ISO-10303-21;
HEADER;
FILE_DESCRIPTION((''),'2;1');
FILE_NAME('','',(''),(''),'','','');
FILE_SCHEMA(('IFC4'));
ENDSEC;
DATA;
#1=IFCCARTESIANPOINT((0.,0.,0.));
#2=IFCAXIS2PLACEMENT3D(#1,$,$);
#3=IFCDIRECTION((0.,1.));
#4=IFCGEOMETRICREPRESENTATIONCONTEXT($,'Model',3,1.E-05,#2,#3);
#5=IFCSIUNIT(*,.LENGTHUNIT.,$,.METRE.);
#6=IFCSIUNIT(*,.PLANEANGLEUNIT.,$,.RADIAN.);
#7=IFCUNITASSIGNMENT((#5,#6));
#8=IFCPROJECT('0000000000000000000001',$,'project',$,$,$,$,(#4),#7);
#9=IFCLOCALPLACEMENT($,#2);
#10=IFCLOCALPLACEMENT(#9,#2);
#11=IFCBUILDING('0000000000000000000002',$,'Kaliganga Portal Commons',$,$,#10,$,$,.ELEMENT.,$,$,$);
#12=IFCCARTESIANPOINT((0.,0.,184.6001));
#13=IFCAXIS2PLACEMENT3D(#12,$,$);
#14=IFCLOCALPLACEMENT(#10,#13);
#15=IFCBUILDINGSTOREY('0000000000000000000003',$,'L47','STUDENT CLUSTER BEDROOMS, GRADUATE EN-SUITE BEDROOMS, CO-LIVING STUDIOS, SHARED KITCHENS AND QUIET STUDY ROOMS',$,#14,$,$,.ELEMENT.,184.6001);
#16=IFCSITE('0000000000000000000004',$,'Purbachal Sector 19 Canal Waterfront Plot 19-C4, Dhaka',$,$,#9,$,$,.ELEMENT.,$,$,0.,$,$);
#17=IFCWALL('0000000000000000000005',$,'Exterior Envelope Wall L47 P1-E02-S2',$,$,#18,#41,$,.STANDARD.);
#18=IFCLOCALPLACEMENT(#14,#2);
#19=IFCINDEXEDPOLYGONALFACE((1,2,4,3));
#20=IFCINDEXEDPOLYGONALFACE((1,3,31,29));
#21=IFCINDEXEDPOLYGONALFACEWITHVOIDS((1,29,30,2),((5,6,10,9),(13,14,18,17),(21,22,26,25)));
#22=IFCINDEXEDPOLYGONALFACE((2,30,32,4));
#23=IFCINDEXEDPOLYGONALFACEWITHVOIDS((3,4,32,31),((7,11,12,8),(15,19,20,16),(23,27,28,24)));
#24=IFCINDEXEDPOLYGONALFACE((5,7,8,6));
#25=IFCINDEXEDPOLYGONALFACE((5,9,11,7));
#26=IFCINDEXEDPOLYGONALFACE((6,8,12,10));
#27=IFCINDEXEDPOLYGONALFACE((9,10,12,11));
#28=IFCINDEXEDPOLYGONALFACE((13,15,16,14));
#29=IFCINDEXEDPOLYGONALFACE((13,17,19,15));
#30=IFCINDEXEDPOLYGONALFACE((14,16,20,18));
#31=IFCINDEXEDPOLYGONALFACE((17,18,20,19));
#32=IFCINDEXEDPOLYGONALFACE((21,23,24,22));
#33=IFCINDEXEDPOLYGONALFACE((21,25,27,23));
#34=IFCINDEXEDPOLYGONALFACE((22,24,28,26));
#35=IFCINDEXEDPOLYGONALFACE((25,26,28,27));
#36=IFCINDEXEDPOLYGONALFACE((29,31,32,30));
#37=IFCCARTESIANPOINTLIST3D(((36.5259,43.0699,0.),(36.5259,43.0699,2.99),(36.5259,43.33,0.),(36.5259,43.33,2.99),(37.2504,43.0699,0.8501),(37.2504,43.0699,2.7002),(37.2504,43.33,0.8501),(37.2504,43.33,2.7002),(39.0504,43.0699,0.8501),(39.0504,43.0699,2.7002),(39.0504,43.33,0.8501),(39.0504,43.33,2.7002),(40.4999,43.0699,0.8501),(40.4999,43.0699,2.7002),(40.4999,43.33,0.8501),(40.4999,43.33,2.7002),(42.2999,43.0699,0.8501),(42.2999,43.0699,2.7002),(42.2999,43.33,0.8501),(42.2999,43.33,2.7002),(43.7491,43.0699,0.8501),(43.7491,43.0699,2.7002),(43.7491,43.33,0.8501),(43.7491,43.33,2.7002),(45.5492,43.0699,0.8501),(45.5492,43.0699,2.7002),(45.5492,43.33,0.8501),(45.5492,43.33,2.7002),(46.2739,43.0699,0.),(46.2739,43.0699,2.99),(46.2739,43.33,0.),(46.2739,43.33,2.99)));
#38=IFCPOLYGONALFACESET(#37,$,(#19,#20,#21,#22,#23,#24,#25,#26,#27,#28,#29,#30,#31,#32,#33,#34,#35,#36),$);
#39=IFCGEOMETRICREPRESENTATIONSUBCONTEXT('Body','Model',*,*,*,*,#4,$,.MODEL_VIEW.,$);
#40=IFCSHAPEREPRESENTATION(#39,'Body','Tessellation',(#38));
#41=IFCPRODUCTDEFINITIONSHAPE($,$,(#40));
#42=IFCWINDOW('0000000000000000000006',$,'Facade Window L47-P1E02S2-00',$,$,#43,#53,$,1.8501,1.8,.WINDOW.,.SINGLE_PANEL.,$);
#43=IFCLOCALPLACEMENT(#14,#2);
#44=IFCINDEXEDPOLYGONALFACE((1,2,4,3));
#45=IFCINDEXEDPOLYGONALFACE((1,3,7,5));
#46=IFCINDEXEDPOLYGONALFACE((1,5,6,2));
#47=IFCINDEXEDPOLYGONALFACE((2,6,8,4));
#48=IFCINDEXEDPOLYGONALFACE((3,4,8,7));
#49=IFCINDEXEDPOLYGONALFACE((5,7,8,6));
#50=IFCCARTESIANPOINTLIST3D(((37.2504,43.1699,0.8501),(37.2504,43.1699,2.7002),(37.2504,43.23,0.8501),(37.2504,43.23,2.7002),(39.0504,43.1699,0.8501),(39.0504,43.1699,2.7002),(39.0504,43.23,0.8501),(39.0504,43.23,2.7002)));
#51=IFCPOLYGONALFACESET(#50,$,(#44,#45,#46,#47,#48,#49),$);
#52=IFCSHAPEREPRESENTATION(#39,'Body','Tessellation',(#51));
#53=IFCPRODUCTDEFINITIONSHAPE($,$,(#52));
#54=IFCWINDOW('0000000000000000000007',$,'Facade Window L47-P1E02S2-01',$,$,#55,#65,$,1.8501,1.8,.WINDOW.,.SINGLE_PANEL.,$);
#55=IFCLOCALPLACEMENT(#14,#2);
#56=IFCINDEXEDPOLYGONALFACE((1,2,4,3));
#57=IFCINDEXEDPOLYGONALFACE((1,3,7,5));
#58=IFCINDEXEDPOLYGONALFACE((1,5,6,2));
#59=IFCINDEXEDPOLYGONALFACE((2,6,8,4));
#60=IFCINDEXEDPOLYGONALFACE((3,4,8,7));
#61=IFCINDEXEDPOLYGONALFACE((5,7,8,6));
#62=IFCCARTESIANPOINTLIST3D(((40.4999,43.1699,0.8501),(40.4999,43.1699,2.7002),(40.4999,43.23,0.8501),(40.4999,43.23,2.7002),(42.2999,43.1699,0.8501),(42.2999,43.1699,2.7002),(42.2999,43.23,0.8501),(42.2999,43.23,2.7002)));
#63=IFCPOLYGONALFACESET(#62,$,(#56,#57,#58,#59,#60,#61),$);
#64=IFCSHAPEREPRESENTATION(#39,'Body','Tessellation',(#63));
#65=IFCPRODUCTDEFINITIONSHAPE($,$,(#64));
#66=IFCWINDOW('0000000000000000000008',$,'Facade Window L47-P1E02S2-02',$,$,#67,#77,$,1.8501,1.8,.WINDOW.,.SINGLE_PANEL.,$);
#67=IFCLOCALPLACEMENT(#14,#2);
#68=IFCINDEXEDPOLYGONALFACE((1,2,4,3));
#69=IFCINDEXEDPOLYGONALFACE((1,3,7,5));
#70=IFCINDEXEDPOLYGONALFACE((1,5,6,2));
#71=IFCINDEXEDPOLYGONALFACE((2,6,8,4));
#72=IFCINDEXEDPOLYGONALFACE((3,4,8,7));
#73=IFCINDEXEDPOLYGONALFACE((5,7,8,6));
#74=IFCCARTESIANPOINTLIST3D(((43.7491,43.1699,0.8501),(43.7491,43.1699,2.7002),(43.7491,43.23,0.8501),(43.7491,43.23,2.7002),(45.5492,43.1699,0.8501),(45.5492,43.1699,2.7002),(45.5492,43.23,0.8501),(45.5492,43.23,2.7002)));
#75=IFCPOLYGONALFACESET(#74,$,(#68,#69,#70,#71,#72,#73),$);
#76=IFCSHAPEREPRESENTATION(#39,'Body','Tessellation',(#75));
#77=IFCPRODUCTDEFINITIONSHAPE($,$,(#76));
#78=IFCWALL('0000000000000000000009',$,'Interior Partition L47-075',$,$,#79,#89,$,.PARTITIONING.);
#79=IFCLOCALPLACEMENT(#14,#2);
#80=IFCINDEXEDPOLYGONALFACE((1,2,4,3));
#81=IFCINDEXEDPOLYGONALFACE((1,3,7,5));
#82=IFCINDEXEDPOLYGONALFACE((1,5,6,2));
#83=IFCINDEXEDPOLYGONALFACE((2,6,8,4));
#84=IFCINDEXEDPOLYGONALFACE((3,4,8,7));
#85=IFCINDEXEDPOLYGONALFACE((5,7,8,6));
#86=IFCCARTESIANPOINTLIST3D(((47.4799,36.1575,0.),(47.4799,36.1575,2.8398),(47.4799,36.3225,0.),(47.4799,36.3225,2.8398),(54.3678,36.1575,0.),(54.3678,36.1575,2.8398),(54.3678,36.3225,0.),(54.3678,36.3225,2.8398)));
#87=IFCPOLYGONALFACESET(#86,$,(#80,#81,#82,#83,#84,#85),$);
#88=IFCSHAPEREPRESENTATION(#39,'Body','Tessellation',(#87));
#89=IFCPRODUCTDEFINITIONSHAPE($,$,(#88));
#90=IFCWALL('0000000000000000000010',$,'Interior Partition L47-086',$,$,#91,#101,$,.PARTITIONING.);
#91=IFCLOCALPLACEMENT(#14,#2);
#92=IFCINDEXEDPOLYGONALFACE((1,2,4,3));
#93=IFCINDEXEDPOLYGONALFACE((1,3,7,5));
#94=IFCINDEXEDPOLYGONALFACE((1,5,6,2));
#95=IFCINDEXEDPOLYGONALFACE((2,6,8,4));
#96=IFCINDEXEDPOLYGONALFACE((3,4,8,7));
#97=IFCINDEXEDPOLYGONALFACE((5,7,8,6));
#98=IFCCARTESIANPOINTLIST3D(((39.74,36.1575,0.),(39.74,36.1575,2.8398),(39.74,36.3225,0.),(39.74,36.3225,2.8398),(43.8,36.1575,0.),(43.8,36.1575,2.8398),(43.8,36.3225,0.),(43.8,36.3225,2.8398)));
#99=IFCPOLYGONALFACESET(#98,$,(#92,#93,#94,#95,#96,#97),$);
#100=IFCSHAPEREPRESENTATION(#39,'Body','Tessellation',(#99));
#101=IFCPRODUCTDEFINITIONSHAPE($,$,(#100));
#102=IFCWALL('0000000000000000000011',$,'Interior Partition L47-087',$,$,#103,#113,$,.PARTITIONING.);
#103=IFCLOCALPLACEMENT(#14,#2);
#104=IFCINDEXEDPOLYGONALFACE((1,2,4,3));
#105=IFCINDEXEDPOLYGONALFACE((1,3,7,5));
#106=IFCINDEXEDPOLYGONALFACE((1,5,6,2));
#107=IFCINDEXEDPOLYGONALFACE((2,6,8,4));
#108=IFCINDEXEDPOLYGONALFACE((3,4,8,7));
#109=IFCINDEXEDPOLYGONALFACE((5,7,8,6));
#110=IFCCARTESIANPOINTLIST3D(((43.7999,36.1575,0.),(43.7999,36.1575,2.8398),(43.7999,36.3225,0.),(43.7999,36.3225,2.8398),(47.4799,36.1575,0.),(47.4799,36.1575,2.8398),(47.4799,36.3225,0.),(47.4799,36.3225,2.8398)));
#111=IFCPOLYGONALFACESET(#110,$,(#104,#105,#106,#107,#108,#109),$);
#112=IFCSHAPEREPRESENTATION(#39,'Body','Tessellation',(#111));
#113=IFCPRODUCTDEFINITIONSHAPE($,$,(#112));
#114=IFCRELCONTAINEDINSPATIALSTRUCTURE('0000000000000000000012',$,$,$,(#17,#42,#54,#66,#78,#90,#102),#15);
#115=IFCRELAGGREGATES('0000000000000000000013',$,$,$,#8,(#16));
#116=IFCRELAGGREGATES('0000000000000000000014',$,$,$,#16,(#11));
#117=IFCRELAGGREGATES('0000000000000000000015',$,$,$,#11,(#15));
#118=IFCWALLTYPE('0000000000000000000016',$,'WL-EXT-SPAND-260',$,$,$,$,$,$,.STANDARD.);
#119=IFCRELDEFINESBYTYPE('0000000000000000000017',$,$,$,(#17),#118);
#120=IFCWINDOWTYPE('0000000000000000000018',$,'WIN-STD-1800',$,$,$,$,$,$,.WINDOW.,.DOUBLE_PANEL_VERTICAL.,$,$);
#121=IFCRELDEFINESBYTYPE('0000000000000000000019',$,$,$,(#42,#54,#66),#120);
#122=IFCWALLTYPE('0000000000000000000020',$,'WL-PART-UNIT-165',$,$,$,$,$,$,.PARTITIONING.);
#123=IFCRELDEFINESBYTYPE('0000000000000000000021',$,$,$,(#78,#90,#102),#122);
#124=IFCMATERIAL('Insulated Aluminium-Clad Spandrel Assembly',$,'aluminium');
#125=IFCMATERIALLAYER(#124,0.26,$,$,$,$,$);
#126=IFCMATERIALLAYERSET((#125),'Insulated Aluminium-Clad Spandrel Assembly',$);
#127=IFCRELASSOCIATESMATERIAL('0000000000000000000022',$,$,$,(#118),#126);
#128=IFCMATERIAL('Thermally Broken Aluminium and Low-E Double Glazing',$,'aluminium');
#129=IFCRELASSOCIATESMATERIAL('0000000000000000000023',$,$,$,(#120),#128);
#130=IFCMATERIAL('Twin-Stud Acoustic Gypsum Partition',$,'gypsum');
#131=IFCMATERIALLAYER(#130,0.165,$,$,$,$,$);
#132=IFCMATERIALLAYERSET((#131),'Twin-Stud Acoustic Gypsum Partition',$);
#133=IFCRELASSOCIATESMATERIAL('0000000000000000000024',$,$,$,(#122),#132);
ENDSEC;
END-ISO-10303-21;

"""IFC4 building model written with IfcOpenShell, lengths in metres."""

from ifc_helpers import new_model, si_unit, direction, frame, frame_2d, origin, place, context, subcontext, project, spatial, rectangle, extrude, material, layer, layer_set, type_object, element, fill, save


model = new_model("IFC4")

# Units and contexts
model_context = context("Model", 3, precision=1e-05, world=origin(), true_north=direction((0.0, 1.0)))
body_context = subcontext(model_context, "Body", "Model", "MODEL_VIEW")
ifc_project = project(units=[si_unit("LENGTHUNIT", "METRE"), si_unit("PLANEANGLEUNIT", "RADIAN")], contexts=[model_context])

# Site, building, storey
site_placement = place(None, origin())
site = spatial("IfcSite", under=ifc_project, at=site_placement, Name="Purbachal Sector 19 Canal Waterfront Plot 19-C4, Dhaka", CompositionType="ELEMENT", RefElevation=0.0)
building_placement = place(site_placement, origin())
building = spatial("IfcBuilding", under=site, at=building_placement, Name="Kaliganga Portal Commons", CompositionType="ELEMENT")
storey_placement = place(building_placement, frame((0.0, 0.0, 184.6001)))
storey = spatial("IfcBuildingStorey", under=building, at=storey_placement, Name="L47", Description="STUDENT CLUSTER BEDROOMS, GRADUATE EN-SUITE BEDROOMS, CO-LIVING STUDIOS, SHARED KITCHENS AND QUIET STUDY ROOMS", CompositionType="ELEMENT", Elevation=184.6001)

# Shared definitions
ifc_material_1 = material(Name="Insulated Aluminium-Clad Spandrel Assembly", Category="aluminium")
ifc_layer_1 = layer(ifc_material_1, 0.26)
ifc_layer_set_1 = layer_set([ifc_layer_1], Name="Insulated Aluminium-Clad Spandrel Assembly")
wall_type_1 = type_object("IfcWallType", Name="WL-EXT-SPAND-260", PredefinedType="STANDARD", material=ifc_layer_set_1)
ifc_material_2 = material(Name="Thermally Broken Aluminium and Low-E Double Glazing", Category="aluminium")
window_type = type_object("IfcWindowType", Name="WIN-STD-1800", PartitioningType="DOUBLE_PANEL_VERTICAL", PredefinedType="WINDOW", material=ifc_material_2)

# Wall, openings, windows
wall_1_placement = place(storey_placement, frame((36.5259, 43.2, 0.0), z_axis=(0.0, 0.0, 1.0), x_axis=(1.0, 0.0, 0.0)))
wall_1 = element("IfcWall", 1, at=wall_1_placement, inside=storey, type_object=wall_type_1, Name="Exterior Envelope Wall L47 P1-E02-S2", PredefinedType="STANDARD", context=body_context, shape_type="SweptSolid", body=[
    extrude(rectangle(XDim=9.748, YDim=0.26, at=frame_2d((4.874, 0.0))), origin(), (0.0, 0.0, 1.0), 2.99),
])
opening_1_placement = place(wall_1_placement, frame((0.7246, 0.0, 0.8501)))
opening_1 = element("IfcOpeningElement", 2, at=opening_1_placement, cuts=wall_1, PredefinedType="OPENING", context=body_context, shape_type="SweptSolid", body=[
    extrude(rectangle(XDim=1.8, YDim=1.8501, at=frame_2d((0.8999, 0.925))), frame((0.0, 0.1401, 0.0), z_axis=(0.0, -1.0, 0.0), x_axis=(1.0, 0.0, 0.0)), (0.0, 0.0, 1.0), 0.28),
])
opening_2_placement = place(wall_1_placement, frame((3.9741, 0.0, 0.8501)))
opening_2 = element("IfcOpeningElement", 3, at=opening_2_placement, cuts=wall_1, PredefinedType="OPENING", context=body_context, shape_type="SweptSolid", body=[
    extrude(rectangle(XDim=1.8, YDim=1.8501, at=frame_2d((0.8999, 0.925))), frame((0.0, 0.1401, 0.0), z_axis=(0.0, -1.0, 0.0), x_axis=(1.0, 0.0, 0.0)), (0.0, 0.0, 1.0), 0.28),
])
opening_3_placement = place(wall_1_placement, frame((7.2234, 0.0, 0.8501)))
opening_3 = element("IfcOpeningElement", 4, at=opening_3_placement, cuts=wall_1, PredefinedType="OPENING", context=body_context, shape_type="SweptSolid", body=[
    extrude(rectangle(XDim=1.8, YDim=1.8501, at=frame_2d((0.8999, 0.925))), frame((0.0, 0.1401, 0.0), z_axis=(0.0, -1.0, 0.0), x_axis=(1.0, 0.0, 0.0)), (0.0, 0.0, 1.0), 0.28),
])
window_1_placement = place(opening_1_placement, origin())
window_1 = element("IfcWindow", 5, at=window_1_placement, inside=storey, type_object=window_type, Name="Facade Window L47-P1E02S2-00", OverallHeight=1.8501, OverallWidth=1.8, PartitioningType="SINGLE_PANEL", PredefinedType="WINDOW", context=body_context, shape_type="SweptSolid", body=[
    extrude(rectangle(XDim=1.8, YDim=1.8501, at=frame_2d((0.8999, 0.925))), frame((0.0, 0.03, 0.0), z_axis=(0.0, -1.0, 0.0), x_axis=(1.0, 0.0, 0.0)), (0.0, 0.0, 1.0), 0.0601),
])
fill(opening_1, window_1)
window_2_placement = place(opening_2_placement, origin())
window_2 = element("IfcWindow", 6, at=window_2_placement, inside=storey, type_object=window_type, Name="Facade Window L47-P1E02S2-01", OverallHeight=1.8501, OverallWidth=1.8, PartitioningType="SINGLE_PANEL", PredefinedType="WINDOW", context=body_context, shape_type="SweptSolid", body=[
    extrude(rectangle(XDim=1.8, YDim=1.8501, at=frame_2d((0.8999, 0.925))), frame((0.0, 0.03, 0.0), z_axis=(0.0, -1.0, 0.0), x_axis=(1.0, 0.0, 0.0)), (0.0, 0.0, 1.0), 0.0601),
])
fill(opening_2, window_2)
window_3_placement = place(opening_3_placement, origin())
window_3 = element("IfcWindow", 7, at=window_3_placement, inside=storey, type_object=window_type, Name="Facade Window L47-P1E02S2-02", OverallHeight=1.8501, OverallWidth=1.8, PartitioningType="SINGLE_PANEL", PredefinedType="WINDOW", context=body_context, shape_type="SweptSolid", body=[
    extrude(rectangle(XDim=1.8, YDim=1.8501, at=frame_2d((0.8999, 0.925))), frame((0.0, 0.03, 0.0), z_axis=(0.0, -1.0, 0.0), x_axis=(1.0, 0.0, 0.0)), (0.0, 0.0, 1.0), 0.0601),
])
fill(opening_3, window_3)

# Walls
ifc_material_3 = material(Name="Twin-Stud Acoustic Gypsum Partition", Category="gypsum")
ifc_layer_2 = layer(ifc_material_3, 0.165)
ifc_layer_set_2 = layer_set([ifc_layer_2], Name="Twin-Stud Acoustic Gypsum Partition")
wall_type_2 = type_object("IfcWallType", Name="WL-PART-UNIT-165", PredefinedType="PARTITIONING", material=ifc_layer_set_2)
wall_2_placement = place(storey_placement, frame((47.48, 36.24, 0.0), z_axis=(0.0, 0.0, 1.0), x_axis=(1.0, 0.0, 0.0)))
element("IfcWall", 8, at=wall_2_placement, inside=storey, type_object=wall_type_2, Name="Interior Partition L47-075", PredefinedType="PARTITIONING", context=body_context, shape_type="SweptSolid", body=[
    extrude(rectangle(XDim=6.8879, YDim=0.165, at=frame_2d((3.4438, 0.0))), origin(), (0.0, 0.0, 1.0), 2.8398),
])
wall_3_placement = place(storey_placement, frame((39.74, 36.24, 0.0), z_axis=(0.0, 0.0, 1.0), x_axis=(1.0, 0.0, 0.0)))
element("IfcWall", 9, at=wall_3_placement, inside=storey, type_object=wall_type_2, Name="Interior Partition L47-086", PredefinedType="PARTITIONING", context=body_context, shape_type="SweptSolid", body=[
    extrude(rectangle(XDim=4.0601, YDim=0.165, at=frame_2d((2.03, 0.0))), origin(), (0.0, 0.0, 1.0), 2.8398),
])
wall_4_placement = place(storey_placement, frame((43.8, 36.24, 0.0), z_axis=(0.0, 0.0, 1.0), x_axis=(1.0, 0.0, 0.0)))
element("IfcWall", 10, at=wall_4_placement, inside=storey, type_object=wall_type_2, Name="Interior Partition L47-087", PredefinedType="PARTITIONING", context=body_context, shape_type="SweptSolid", body=[
    extrude(rectangle(XDim=3.6799, YDim=0.165, at=frame_2d((1.8398, 0.0))), origin(), (0.0, 0.0, 1.0), 2.8398),
])

save(model, "model.ifc")
